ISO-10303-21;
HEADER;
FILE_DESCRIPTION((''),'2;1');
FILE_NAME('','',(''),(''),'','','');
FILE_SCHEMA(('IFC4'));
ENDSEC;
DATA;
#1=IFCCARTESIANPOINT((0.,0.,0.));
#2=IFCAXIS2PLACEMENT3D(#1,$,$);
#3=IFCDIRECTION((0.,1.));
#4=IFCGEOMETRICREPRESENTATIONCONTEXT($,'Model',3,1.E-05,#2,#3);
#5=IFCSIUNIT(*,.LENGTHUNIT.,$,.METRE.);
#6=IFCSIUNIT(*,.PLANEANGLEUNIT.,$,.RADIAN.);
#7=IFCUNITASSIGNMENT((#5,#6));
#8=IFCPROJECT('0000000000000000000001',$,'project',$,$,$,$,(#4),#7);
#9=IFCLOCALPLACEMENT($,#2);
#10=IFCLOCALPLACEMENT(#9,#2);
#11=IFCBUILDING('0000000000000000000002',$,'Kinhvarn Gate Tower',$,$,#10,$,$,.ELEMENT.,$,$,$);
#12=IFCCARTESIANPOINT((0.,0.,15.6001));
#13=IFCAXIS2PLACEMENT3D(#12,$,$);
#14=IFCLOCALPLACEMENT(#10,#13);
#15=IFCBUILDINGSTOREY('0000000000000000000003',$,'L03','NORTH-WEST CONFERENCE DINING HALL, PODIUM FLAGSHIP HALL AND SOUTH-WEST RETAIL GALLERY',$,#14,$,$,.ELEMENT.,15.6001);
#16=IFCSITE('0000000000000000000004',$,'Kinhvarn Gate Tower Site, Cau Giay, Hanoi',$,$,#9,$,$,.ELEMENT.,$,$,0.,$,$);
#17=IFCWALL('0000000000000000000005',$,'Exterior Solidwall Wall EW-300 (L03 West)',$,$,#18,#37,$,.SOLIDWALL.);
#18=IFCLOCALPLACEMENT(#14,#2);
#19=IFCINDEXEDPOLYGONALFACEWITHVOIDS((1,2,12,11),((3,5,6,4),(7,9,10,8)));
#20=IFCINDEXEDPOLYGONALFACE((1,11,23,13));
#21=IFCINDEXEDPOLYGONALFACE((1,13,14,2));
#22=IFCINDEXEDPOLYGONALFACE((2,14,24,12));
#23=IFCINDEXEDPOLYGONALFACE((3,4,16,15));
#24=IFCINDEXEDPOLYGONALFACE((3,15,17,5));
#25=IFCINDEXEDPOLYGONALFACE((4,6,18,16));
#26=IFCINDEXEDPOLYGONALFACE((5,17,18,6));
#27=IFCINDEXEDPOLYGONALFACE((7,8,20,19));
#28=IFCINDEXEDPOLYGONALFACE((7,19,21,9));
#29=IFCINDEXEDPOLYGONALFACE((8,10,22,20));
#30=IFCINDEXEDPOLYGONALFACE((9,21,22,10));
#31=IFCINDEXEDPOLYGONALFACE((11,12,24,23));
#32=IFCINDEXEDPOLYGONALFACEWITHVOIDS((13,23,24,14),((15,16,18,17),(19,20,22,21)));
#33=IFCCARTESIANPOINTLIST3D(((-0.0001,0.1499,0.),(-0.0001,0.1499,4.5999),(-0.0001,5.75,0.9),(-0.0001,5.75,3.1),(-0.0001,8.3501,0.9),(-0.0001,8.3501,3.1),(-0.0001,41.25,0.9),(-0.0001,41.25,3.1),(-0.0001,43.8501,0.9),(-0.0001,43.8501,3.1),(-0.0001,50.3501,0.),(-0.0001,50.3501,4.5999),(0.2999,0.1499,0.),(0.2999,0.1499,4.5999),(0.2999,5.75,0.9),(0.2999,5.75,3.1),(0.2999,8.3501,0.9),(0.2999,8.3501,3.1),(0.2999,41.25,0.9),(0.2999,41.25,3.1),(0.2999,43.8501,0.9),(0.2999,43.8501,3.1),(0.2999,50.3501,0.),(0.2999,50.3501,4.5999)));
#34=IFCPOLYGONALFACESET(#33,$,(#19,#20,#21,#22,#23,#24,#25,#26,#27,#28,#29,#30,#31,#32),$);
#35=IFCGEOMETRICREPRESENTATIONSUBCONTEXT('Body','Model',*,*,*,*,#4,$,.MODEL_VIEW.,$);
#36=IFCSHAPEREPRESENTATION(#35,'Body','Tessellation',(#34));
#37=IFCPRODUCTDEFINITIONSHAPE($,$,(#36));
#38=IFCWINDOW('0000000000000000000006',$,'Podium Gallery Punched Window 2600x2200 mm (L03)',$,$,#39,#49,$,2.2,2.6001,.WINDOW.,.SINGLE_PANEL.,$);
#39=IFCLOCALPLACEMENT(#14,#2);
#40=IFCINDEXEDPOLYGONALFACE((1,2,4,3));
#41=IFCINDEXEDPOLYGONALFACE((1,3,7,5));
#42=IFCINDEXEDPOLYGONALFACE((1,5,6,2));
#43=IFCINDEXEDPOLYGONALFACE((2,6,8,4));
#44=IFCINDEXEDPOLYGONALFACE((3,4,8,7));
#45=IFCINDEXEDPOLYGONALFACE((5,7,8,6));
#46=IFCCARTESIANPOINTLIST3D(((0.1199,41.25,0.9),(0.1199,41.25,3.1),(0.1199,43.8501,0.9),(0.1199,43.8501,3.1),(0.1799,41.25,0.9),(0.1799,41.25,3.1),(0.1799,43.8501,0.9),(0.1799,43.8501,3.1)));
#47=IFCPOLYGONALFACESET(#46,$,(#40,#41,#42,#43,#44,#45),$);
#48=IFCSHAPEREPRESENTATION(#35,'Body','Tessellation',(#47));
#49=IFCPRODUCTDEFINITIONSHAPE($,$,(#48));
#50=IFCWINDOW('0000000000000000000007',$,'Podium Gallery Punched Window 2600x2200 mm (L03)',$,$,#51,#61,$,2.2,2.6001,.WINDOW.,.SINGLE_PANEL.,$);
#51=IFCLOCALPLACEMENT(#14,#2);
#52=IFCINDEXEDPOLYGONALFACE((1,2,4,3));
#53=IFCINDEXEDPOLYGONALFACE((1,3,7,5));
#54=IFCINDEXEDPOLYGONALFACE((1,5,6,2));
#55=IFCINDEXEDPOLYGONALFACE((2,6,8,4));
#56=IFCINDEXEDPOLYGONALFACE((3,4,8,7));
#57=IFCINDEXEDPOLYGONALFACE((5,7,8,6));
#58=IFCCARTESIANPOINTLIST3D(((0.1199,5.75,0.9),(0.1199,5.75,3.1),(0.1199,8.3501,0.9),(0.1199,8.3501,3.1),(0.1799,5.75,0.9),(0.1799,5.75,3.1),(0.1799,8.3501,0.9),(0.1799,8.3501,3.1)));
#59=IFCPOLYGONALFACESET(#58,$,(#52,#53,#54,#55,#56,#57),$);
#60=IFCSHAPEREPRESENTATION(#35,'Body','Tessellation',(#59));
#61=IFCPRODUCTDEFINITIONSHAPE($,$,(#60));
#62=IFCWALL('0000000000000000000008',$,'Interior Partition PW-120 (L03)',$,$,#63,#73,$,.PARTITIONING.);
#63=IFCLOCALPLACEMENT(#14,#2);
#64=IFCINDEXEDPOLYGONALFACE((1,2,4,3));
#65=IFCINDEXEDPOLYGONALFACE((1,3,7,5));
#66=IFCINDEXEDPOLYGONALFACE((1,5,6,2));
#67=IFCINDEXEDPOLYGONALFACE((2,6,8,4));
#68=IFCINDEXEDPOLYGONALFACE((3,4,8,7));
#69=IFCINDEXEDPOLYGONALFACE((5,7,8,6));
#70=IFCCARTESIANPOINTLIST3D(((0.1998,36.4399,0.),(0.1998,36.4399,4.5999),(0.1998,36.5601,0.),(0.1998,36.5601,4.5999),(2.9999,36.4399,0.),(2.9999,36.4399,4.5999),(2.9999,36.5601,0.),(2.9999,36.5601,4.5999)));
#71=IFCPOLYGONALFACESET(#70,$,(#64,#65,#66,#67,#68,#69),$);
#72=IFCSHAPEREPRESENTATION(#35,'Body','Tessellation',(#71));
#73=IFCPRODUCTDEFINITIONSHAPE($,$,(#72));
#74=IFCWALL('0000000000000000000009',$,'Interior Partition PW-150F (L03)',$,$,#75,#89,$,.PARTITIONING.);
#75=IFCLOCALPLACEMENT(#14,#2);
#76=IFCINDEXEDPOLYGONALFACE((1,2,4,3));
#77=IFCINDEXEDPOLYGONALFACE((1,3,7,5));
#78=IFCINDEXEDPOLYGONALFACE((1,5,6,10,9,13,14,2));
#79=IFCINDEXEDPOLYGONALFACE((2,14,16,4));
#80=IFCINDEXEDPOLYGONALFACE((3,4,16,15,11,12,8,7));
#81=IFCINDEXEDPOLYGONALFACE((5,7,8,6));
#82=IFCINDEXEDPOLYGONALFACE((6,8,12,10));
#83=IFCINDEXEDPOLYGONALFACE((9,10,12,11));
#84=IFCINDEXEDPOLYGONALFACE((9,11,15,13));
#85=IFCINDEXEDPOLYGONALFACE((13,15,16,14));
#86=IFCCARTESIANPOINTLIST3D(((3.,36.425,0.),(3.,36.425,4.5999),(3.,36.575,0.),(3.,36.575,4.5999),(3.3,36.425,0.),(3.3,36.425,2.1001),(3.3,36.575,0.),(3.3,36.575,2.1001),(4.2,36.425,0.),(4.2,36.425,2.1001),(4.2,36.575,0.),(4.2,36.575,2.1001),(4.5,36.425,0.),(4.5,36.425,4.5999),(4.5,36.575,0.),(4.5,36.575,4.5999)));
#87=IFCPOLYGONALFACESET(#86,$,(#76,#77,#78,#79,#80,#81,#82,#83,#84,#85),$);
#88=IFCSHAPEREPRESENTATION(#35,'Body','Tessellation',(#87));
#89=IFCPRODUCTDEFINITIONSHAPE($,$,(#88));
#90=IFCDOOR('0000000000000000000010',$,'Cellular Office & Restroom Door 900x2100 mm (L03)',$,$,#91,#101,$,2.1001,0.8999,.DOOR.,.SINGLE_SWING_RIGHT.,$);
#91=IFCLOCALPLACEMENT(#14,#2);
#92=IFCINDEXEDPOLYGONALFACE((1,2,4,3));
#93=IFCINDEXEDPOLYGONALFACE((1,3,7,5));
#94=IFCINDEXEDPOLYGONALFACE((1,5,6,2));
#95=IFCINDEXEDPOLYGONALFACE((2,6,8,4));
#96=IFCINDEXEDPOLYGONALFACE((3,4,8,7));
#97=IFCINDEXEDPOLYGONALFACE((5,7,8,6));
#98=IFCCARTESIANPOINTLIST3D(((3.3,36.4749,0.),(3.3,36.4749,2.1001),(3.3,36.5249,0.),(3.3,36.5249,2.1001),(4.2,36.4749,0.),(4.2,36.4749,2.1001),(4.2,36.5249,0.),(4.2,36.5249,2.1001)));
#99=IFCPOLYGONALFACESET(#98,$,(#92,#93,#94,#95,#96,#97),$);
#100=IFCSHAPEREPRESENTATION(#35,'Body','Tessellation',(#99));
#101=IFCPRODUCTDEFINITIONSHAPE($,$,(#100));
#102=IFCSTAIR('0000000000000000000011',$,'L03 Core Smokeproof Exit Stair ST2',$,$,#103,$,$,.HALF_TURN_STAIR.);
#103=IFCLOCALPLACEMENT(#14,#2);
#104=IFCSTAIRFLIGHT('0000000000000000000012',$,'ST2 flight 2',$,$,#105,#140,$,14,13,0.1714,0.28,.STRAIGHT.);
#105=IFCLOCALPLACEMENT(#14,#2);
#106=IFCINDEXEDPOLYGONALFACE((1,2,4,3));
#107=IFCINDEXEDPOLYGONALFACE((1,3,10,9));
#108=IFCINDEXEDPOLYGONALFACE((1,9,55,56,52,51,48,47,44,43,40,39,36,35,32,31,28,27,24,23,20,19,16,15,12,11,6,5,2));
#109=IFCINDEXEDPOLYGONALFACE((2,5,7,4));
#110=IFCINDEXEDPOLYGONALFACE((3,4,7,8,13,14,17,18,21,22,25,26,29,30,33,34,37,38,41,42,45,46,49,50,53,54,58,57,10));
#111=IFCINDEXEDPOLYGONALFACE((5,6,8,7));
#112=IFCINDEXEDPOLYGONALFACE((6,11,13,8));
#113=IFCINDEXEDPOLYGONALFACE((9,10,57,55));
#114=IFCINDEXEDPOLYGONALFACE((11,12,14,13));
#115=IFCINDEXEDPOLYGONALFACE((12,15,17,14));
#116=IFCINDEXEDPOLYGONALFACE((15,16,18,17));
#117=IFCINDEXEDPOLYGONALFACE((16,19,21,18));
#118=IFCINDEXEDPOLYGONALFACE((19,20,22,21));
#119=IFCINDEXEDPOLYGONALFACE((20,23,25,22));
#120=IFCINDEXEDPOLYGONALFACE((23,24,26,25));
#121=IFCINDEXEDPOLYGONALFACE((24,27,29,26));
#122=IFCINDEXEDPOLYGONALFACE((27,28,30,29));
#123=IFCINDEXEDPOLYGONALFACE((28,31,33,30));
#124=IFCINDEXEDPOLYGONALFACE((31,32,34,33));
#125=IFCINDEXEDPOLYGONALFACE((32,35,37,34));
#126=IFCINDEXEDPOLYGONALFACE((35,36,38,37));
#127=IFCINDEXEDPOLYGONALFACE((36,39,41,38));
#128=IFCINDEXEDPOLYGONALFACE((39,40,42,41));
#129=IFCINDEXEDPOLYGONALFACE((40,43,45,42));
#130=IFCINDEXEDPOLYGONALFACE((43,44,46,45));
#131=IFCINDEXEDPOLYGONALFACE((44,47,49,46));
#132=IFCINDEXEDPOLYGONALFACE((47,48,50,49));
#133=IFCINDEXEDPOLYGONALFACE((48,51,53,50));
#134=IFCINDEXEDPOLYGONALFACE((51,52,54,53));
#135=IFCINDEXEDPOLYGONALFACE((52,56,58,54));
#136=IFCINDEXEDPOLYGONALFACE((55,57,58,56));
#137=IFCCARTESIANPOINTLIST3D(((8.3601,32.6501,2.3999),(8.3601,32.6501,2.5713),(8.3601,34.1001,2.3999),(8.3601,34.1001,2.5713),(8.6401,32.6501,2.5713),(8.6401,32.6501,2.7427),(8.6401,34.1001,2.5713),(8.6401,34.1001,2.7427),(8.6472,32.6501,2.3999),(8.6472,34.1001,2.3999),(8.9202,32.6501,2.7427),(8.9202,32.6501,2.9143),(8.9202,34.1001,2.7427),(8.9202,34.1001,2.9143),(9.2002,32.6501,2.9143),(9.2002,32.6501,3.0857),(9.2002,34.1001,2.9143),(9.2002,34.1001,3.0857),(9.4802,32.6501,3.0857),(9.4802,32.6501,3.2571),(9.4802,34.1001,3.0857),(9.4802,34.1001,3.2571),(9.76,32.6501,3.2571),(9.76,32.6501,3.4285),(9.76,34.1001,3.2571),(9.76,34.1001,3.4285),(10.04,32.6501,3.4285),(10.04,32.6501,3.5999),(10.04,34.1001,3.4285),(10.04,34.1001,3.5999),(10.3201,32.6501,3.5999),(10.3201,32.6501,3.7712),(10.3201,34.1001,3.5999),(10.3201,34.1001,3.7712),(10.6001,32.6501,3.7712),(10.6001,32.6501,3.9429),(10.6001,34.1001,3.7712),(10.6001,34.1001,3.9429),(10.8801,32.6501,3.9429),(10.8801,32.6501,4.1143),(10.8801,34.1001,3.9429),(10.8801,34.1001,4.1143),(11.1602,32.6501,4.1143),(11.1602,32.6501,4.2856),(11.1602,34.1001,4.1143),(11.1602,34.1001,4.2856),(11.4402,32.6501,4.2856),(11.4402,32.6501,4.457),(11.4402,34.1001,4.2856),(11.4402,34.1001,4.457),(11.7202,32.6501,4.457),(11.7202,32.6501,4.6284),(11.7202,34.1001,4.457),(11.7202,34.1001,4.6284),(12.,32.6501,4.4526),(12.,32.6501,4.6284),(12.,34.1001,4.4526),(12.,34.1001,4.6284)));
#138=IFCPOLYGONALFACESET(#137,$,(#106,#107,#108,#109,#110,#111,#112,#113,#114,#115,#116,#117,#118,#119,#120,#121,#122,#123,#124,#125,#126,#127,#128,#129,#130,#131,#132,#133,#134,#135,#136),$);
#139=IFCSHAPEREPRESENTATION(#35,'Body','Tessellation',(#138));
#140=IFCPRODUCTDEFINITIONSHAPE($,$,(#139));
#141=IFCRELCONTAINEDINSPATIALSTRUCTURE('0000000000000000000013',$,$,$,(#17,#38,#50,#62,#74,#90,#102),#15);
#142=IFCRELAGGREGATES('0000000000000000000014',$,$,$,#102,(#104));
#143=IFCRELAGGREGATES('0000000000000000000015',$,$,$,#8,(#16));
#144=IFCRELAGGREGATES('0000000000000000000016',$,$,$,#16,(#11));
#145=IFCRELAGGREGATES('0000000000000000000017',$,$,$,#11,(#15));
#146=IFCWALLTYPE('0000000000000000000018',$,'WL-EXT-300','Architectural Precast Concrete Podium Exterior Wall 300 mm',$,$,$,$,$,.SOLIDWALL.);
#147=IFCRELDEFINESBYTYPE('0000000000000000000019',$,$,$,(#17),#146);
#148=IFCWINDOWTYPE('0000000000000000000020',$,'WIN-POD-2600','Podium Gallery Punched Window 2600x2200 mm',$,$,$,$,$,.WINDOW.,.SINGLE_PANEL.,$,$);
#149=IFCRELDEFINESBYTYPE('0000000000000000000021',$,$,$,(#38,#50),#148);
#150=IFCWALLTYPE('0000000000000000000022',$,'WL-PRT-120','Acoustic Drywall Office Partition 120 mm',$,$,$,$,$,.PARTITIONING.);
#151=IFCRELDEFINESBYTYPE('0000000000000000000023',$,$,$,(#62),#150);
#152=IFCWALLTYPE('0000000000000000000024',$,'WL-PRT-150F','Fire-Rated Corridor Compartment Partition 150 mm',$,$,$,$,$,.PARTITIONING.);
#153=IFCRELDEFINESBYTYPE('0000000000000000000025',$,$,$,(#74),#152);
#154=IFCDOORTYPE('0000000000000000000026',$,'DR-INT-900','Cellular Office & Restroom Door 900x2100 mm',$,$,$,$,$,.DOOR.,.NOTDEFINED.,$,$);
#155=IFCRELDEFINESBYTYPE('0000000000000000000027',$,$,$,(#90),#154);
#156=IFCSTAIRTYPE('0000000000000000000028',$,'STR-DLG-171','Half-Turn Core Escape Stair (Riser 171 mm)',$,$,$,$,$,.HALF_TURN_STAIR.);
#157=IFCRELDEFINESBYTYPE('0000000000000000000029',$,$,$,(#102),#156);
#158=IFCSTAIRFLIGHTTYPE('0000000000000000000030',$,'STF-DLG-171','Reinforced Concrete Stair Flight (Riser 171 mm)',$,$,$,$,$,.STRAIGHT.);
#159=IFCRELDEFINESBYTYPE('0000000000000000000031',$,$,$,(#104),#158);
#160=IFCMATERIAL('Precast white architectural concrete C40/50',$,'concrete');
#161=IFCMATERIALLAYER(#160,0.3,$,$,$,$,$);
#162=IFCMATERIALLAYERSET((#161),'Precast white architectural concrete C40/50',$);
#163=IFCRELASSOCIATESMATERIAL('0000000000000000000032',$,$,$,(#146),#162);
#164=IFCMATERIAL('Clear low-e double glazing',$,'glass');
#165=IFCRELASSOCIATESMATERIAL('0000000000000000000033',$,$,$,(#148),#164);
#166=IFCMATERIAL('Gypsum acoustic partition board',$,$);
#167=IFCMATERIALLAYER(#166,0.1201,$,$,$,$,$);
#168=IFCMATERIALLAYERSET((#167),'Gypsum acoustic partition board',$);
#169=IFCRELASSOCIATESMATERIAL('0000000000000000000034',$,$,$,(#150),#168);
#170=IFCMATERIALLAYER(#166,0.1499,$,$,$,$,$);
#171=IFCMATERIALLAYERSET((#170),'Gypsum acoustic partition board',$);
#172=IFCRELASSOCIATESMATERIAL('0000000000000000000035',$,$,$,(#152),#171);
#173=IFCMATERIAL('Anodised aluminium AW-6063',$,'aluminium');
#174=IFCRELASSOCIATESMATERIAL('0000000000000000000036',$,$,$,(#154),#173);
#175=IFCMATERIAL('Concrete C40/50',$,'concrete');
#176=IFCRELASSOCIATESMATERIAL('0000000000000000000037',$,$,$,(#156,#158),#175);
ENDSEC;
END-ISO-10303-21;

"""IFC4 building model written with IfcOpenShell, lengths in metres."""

from ifc_helpers import new_model, si_unit, direction, frame, frame_2d, origin, place, context, subcontext, project, spatial, polyline, rectangle, outline, extrude, material, layer, layer_set, type_object, element, fill, aggregate, save


model = new_model("IFC4")

# Units and contexts
model_context = context("Model", 3, precision=1e-05, world=origin(), true_north=direction((0.0, 1.0)))
body_context = subcontext(model_context, "Body", "Model", "MODEL_VIEW")
ifc_project = project(units=[si_unit("LENGTHUNIT", "METRE"), si_unit("PLANEANGLEUNIT", "RADIAN")], contexts=[model_context])

# Site, building, storey
site_placement = place(None, origin())
site = spatial("IfcSite", under=ifc_project, at=site_placement, Name="Kinhvarn Gate Tower Site, Cau Giay, Hanoi", CompositionType="ELEMENT", RefElevation=0.0)
building_placement = place(site_placement, origin())
building = spatial("IfcBuilding", under=site, at=building_placement, Name="Kinhvarn Gate Tower", CompositionType="ELEMENT")
storey_placement = place(building_placement, frame((0.0, 0.0, 15.6001)))
storey = spatial("IfcBuildingStorey", under=building, at=storey_placement, Name="L03", Description="NORTH-WEST CONFERENCE DINING HALL, PODIUM FLAGSHIP HALL AND SOUTH-WEST RETAIL GALLERY", CompositionType="ELEMENT", Elevation=15.6001)

# Shared definitions
ifc_material_1 = material(Name="Anodised aluminium AW-6063", Category="aluminium")

# Shared definitions
ifc_material_2 = material(Name="Clear low-e double glazing", Category="glass")

# Wall, openings, windows
ifc_material_3 = material(Name="Precast white architectural concrete C40/50", Category="concrete")
ifc_layer_1 = layer(ifc_material_3, 0.3)
ifc_layer_set_1 = layer_set([ifc_layer_1], Name="Precast white architectural concrete C40/50")
wall_type_1 = type_object("IfcWallType", Name="WL-EXT-300", Description="Architectural Precast Concrete Podium Exterior Wall 300 mm", PredefinedType="SOLIDWALL", material=ifc_layer_set_1)
wall_1_placement = place(storey_placement, frame((0.1499, 50.3501, 0.0), z_axis=(0.0, 0.0, 1.0), x_axis=(0.0, -1.0, 0.0)))
wall_1 = element("IfcWall", 1, at=wall_1_placement, inside=storey, type_object=wall_type_1, Name="Exterior Solidwall Wall EW-300 (L03 West)", PredefinedType="SOLIDWALL", context=body_context, shape_type="SweptSolid", body=[
    extrude(rectangle(XDim=50.2002, YDim=0.3, at=frame_2d((25.1001, 0.0))), origin(), (0.0, 0.0, 1.0), 4.5999),
])
opening_1_placement = place(wall_1_placement, frame((6.5, 0.0, 0.8999)))
opening_1 = element("IfcOpeningElement", 2, at=opening_1_placement, cuts=wall_1, PredefinedType="OPENING", context=body_context, shape_type="SweptSolid", body=[
    extrude(rectangle(XDim=2.6001, YDim=2.2, at=frame_2d((1.3, 1.1001))), frame((0.0, 0.1602, 0.0), z_axis=(0.0, -1.0, 0.0), x_axis=(1.0, 0.0, 0.0)), (0.0, 0.0, 1.0), 0.3201),
])
opening_2_placement = place(wall_1_placement, frame((42.0, 0.0, 0.8999)))
opening_2 = element("IfcOpeningElement", 3, at=opening_2_placement, cuts=wall_1, PredefinedType="OPENING", context=body_context, shape_type="SweptSolid", body=[
    extrude(rectangle(XDim=2.6001, YDim=2.2, at=frame_2d((1.3, 1.1001))), frame((0.0, 0.1602, 0.0), z_axis=(0.0, -1.0, 0.0), x_axis=(1.0, 0.0, 0.0)), (0.0, 0.0, 1.0), 0.3201),
])
window_type = type_object("IfcWindowType", Name="WIN-POD-2600", Description="Podium Gallery Punched Window 2600x2200 mm", PartitioningType="SINGLE_PANEL", PredefinedType="WINDOW", material=ifc_material_2)
window_1_placement = place(opening_1_placement, origin())
window_1 = element("IfcWindow", 4, at=window_1_placement, inside=storey, type_object=window_type, Name="Podium Gallery Punched Window 2600x2200 mm (L03)", OverallHeight=2.2, OverallWidth=2.6001, PartitioningType="SINGLE_PANEL", PredefinedType="WINDOW", context=body_context, shape_type="SweptSolid", body=[
    extrude(rectangle(XDim=2.6001, YDim=2.2, at=frame_2d((1.3, 1.1001))), frame((0.0, 0.03, 0.0), z_axis=(0.0, -1.0, 0.0), x_axis=(1.0, 0.0, 0.0)), (0.0, 0.0, 1.0), 0.0601),
])
fill(opening_1, window_1)
window_2_placement = place(opening_2_placement, origin())
window_2 = element("IfcWindow", 5, at=window_2_placement, inside=storey, type_object=window_type, Name="Podium Gallery Punched Window 2600x2200 mm (L03)", OverallHeight=2.2, OverallWidth=2.6001, PartitioningType="SINGLE_PANEL", PredefinedType="WINDOW", context=body_context, shape_type="SweptSolid", body=[
    extrude(rectangle(XDim=2.6001, YDim=2.2, at=frame_2d((1.3, 1.1001))), frame((0.0, 0.03, 0.0), z_axis=(0.0, -1.0, 0.0), x_axis=(1.0, 0.0, 0.0)), (0.0, 0.0, 1.0), 0.0601),
])
fill(opening_2, window_2)

# Wall
ifc_material_4 = material(Name="Gypsum acoustic partition board")
ifc_layer_2 = layer(ifc_material_4, 0.1201)
ifc_layer_set_2 = layer_set([ifc_layer_2], Name="Gypsum acoustic partition board")
wall_type_2 = type_object("IfcWallType", Name="WL-PRT-120", Description="Acoustic Drywall Office Partition 120 mm", PredefinedType="PARTITIONING", material=ifc_layer_set_2)
wall_2_placement = place(storey_placement, frame((0.2, 36.5, 0.0), z_axis=(0.0, 0.0, 1.0), x_axis=(1.0, 0.0, 0.0)))
element("IfcWall", 6, at=wall_2_placement, inside=storey, type_object=wall_type_2, Name="Interior Partition PW-120 (L03)", PredefinedType="PARTITIONING", context=body_context, shape_type="SweptSolid", body=[
    extrude(rectangle(XDim=2.8, YDim=0.1201, at=frame_2d((1.3999, 0.0))), origin(), (0.0, 0.0, 1.0), 4.5999),
])

# Wall, opening, door
ifc_layer_3 = layer(ifc_material_4, 0.1499)
ifc_layer_set_3 = layer_set([ifc_layer_3], Name="Gypsum acoustic partition board")
wall_type_3 = type_object("IfcWallType", Name="WL-PRT-150F", Description="Fire-Rated Corridor Compartment Partition 150 mm", PredefinedType="PARTITIONING", material=ifc_layer_set_3)
wall_3_placement = place(storey_placement, frame((3.0, 36.5, 0.0), z_axis=(0.0, 0.0, 1.0), x_axis=(1.0, 0.0, 0.0)))
wall_3 = element("IfcWall", 7, at=wall_3_placement, inside=storey, type_object=wall_type_3, Name="Interior Partition PW-150F (L03)", PredefinedType="PARTITIONING", context=body_context, shape_type="SweptSolid", body=[
    extrude(rectangle(XDim=1.5, YDim=0.1499, at=frame_2d((0.75, 0.0))), origin(), (0.0, 0.0, 1.0), 4.5999),
])
opening_3_placement = place(wall_3_placement, frame((0.3, 0.0, 0.0)))
opening_3 = element("IfcOpeningElement", 8, at=opening_3_placement, cuts=wall_3, PredefinedType="OPENING", context=body_context, shape_type="SweptSolid", body=[
    extrude(rectangle(XDim=0.8999, YDim=2.1001, at=frame_2d((0.45, 1.05))), frame((0.0, 0.085, 0.0), z_axis=(0.0, -1.0, 0.0), x_axis=(1.0, 0.0, 0.0)), (0.0, 0.0, 1.0), 0.1699),
])
door_type = type_object("IfcDoorType", Name="DR-INT-900", Description="Cellular Office & Restroom Door 900x2100 mm", OperationType="NOTDEFINED", PredefinedType="DOOR", material=ifc_material_1)
door_placement = place(opening_3_placement, origin())
door = element("IfcDoor", 9, at=door_placement, inside=storey, type_object=door_type, Name="Cellular Office & Restroom Door 900x2100 mm (L03)", OperationType="SINGLE_SWING_RIGHT", OverallHeight=2.1001, OverallWidth=0.8999, PredefinedType="DOOR", context=body_context, shape_type="SweptSolid", body=[
    extrude(rectangle(XDim=0.8999, YDim=2.1001, at=frame_2d((0.45, 1.05))), frame((0.0, 0.0249, 0.0), z_axis=(0.0, -1.0, 0.0), x_axis=(1.0, 0.0, 0.0)), (0.0, 0.0, 1.0), 0.05),
])
fill(opening_3, door)

# Stair, stair flight
ifc_material_5 = material(Name="Concrete C40/50", Category="concrete")
stair_type = type_object("IfcStairType", Name="STR-DLG-171", Description="Half-Turn Core Escape Stair (Riser 171 mm)", PredefinedType="HALF_TURN_STAIR", material=ifc_material_5)
stair_placement = place(storey_placement, origin())
stair = element("IfcStair", 10, at=stair_placement, inside=storey, type_object=stair_type, Name="L03 Core Smokeproof Exit Stair ST2", PredefinedType="HALF_TURN_STAIR")
stair_flight_type = type_object("IfcStairFlightType", Name="STF-DLG-171", Description="Reinforced Concrete Stair Flight (Riser 171 mm)", PredefinedType="STRAIGHT", material=ifc_material_5)
stair_flight_placement = place(storey_placement, frame((8.3601, 33.375, 2.3999), z_axis=(0.0, 0.0, 1.0), x_axis=(1.0, 0.0, 0.0)))
stair_flight = element("IfcStairFlight", 11, at=stair_flight_placement, type_object=stair_flight_type, Name="ST2 flight 2", NumberOfRisers=14, NumberOfTreads=13, PredefinedType="STRAIGHT", RiserHeight=0.1714, TreadLength=0.28, context=body_context, shape_type="SweptSolid", body=[
    extrude(outline(polyline([(0.0, 0.0), (0.0, 0.1714), (0.28, 0.1714), (0.28, 0.3428), (0.5601, 0.3428), (0.5601, 0.5144), (0.8401, 0.5144), (0.8401, 0.6858), (1.1201, 0.6858), (1.1201, 0.8572), (1.3999, 0.8572), (1.3999, 1.0286), (1.6799, 1.0286), (1.6799, 1.2), (1.96, 1.2), (1.96, 1.3713), (2.24, 1.3713), (2.24, 1.543), (2.52, 1.543), (2.52, 1.7144), (2.8, 1.7144), (2.8, 1.8857), (3.0801, 1.8857), (3.0801, 2.0571), (3.3601, 2.0571), (3.3601, 2.2285), (3.6399, 2.2285), (3.6399, 2.3999), (3.6399, 2.0527), (0.2871, 0.0), (0.0, 0.0)])), frame((0.0, 0.7251, 0.0), z_axis=(0.0, -1.0, 0.0), x_axis=(1.0, 0.0, 0.0)), (0.0, 0.0, 1.0), 1.45),
])
aggregate(stair, [stair_flight])

save(model, "model.ifc")
